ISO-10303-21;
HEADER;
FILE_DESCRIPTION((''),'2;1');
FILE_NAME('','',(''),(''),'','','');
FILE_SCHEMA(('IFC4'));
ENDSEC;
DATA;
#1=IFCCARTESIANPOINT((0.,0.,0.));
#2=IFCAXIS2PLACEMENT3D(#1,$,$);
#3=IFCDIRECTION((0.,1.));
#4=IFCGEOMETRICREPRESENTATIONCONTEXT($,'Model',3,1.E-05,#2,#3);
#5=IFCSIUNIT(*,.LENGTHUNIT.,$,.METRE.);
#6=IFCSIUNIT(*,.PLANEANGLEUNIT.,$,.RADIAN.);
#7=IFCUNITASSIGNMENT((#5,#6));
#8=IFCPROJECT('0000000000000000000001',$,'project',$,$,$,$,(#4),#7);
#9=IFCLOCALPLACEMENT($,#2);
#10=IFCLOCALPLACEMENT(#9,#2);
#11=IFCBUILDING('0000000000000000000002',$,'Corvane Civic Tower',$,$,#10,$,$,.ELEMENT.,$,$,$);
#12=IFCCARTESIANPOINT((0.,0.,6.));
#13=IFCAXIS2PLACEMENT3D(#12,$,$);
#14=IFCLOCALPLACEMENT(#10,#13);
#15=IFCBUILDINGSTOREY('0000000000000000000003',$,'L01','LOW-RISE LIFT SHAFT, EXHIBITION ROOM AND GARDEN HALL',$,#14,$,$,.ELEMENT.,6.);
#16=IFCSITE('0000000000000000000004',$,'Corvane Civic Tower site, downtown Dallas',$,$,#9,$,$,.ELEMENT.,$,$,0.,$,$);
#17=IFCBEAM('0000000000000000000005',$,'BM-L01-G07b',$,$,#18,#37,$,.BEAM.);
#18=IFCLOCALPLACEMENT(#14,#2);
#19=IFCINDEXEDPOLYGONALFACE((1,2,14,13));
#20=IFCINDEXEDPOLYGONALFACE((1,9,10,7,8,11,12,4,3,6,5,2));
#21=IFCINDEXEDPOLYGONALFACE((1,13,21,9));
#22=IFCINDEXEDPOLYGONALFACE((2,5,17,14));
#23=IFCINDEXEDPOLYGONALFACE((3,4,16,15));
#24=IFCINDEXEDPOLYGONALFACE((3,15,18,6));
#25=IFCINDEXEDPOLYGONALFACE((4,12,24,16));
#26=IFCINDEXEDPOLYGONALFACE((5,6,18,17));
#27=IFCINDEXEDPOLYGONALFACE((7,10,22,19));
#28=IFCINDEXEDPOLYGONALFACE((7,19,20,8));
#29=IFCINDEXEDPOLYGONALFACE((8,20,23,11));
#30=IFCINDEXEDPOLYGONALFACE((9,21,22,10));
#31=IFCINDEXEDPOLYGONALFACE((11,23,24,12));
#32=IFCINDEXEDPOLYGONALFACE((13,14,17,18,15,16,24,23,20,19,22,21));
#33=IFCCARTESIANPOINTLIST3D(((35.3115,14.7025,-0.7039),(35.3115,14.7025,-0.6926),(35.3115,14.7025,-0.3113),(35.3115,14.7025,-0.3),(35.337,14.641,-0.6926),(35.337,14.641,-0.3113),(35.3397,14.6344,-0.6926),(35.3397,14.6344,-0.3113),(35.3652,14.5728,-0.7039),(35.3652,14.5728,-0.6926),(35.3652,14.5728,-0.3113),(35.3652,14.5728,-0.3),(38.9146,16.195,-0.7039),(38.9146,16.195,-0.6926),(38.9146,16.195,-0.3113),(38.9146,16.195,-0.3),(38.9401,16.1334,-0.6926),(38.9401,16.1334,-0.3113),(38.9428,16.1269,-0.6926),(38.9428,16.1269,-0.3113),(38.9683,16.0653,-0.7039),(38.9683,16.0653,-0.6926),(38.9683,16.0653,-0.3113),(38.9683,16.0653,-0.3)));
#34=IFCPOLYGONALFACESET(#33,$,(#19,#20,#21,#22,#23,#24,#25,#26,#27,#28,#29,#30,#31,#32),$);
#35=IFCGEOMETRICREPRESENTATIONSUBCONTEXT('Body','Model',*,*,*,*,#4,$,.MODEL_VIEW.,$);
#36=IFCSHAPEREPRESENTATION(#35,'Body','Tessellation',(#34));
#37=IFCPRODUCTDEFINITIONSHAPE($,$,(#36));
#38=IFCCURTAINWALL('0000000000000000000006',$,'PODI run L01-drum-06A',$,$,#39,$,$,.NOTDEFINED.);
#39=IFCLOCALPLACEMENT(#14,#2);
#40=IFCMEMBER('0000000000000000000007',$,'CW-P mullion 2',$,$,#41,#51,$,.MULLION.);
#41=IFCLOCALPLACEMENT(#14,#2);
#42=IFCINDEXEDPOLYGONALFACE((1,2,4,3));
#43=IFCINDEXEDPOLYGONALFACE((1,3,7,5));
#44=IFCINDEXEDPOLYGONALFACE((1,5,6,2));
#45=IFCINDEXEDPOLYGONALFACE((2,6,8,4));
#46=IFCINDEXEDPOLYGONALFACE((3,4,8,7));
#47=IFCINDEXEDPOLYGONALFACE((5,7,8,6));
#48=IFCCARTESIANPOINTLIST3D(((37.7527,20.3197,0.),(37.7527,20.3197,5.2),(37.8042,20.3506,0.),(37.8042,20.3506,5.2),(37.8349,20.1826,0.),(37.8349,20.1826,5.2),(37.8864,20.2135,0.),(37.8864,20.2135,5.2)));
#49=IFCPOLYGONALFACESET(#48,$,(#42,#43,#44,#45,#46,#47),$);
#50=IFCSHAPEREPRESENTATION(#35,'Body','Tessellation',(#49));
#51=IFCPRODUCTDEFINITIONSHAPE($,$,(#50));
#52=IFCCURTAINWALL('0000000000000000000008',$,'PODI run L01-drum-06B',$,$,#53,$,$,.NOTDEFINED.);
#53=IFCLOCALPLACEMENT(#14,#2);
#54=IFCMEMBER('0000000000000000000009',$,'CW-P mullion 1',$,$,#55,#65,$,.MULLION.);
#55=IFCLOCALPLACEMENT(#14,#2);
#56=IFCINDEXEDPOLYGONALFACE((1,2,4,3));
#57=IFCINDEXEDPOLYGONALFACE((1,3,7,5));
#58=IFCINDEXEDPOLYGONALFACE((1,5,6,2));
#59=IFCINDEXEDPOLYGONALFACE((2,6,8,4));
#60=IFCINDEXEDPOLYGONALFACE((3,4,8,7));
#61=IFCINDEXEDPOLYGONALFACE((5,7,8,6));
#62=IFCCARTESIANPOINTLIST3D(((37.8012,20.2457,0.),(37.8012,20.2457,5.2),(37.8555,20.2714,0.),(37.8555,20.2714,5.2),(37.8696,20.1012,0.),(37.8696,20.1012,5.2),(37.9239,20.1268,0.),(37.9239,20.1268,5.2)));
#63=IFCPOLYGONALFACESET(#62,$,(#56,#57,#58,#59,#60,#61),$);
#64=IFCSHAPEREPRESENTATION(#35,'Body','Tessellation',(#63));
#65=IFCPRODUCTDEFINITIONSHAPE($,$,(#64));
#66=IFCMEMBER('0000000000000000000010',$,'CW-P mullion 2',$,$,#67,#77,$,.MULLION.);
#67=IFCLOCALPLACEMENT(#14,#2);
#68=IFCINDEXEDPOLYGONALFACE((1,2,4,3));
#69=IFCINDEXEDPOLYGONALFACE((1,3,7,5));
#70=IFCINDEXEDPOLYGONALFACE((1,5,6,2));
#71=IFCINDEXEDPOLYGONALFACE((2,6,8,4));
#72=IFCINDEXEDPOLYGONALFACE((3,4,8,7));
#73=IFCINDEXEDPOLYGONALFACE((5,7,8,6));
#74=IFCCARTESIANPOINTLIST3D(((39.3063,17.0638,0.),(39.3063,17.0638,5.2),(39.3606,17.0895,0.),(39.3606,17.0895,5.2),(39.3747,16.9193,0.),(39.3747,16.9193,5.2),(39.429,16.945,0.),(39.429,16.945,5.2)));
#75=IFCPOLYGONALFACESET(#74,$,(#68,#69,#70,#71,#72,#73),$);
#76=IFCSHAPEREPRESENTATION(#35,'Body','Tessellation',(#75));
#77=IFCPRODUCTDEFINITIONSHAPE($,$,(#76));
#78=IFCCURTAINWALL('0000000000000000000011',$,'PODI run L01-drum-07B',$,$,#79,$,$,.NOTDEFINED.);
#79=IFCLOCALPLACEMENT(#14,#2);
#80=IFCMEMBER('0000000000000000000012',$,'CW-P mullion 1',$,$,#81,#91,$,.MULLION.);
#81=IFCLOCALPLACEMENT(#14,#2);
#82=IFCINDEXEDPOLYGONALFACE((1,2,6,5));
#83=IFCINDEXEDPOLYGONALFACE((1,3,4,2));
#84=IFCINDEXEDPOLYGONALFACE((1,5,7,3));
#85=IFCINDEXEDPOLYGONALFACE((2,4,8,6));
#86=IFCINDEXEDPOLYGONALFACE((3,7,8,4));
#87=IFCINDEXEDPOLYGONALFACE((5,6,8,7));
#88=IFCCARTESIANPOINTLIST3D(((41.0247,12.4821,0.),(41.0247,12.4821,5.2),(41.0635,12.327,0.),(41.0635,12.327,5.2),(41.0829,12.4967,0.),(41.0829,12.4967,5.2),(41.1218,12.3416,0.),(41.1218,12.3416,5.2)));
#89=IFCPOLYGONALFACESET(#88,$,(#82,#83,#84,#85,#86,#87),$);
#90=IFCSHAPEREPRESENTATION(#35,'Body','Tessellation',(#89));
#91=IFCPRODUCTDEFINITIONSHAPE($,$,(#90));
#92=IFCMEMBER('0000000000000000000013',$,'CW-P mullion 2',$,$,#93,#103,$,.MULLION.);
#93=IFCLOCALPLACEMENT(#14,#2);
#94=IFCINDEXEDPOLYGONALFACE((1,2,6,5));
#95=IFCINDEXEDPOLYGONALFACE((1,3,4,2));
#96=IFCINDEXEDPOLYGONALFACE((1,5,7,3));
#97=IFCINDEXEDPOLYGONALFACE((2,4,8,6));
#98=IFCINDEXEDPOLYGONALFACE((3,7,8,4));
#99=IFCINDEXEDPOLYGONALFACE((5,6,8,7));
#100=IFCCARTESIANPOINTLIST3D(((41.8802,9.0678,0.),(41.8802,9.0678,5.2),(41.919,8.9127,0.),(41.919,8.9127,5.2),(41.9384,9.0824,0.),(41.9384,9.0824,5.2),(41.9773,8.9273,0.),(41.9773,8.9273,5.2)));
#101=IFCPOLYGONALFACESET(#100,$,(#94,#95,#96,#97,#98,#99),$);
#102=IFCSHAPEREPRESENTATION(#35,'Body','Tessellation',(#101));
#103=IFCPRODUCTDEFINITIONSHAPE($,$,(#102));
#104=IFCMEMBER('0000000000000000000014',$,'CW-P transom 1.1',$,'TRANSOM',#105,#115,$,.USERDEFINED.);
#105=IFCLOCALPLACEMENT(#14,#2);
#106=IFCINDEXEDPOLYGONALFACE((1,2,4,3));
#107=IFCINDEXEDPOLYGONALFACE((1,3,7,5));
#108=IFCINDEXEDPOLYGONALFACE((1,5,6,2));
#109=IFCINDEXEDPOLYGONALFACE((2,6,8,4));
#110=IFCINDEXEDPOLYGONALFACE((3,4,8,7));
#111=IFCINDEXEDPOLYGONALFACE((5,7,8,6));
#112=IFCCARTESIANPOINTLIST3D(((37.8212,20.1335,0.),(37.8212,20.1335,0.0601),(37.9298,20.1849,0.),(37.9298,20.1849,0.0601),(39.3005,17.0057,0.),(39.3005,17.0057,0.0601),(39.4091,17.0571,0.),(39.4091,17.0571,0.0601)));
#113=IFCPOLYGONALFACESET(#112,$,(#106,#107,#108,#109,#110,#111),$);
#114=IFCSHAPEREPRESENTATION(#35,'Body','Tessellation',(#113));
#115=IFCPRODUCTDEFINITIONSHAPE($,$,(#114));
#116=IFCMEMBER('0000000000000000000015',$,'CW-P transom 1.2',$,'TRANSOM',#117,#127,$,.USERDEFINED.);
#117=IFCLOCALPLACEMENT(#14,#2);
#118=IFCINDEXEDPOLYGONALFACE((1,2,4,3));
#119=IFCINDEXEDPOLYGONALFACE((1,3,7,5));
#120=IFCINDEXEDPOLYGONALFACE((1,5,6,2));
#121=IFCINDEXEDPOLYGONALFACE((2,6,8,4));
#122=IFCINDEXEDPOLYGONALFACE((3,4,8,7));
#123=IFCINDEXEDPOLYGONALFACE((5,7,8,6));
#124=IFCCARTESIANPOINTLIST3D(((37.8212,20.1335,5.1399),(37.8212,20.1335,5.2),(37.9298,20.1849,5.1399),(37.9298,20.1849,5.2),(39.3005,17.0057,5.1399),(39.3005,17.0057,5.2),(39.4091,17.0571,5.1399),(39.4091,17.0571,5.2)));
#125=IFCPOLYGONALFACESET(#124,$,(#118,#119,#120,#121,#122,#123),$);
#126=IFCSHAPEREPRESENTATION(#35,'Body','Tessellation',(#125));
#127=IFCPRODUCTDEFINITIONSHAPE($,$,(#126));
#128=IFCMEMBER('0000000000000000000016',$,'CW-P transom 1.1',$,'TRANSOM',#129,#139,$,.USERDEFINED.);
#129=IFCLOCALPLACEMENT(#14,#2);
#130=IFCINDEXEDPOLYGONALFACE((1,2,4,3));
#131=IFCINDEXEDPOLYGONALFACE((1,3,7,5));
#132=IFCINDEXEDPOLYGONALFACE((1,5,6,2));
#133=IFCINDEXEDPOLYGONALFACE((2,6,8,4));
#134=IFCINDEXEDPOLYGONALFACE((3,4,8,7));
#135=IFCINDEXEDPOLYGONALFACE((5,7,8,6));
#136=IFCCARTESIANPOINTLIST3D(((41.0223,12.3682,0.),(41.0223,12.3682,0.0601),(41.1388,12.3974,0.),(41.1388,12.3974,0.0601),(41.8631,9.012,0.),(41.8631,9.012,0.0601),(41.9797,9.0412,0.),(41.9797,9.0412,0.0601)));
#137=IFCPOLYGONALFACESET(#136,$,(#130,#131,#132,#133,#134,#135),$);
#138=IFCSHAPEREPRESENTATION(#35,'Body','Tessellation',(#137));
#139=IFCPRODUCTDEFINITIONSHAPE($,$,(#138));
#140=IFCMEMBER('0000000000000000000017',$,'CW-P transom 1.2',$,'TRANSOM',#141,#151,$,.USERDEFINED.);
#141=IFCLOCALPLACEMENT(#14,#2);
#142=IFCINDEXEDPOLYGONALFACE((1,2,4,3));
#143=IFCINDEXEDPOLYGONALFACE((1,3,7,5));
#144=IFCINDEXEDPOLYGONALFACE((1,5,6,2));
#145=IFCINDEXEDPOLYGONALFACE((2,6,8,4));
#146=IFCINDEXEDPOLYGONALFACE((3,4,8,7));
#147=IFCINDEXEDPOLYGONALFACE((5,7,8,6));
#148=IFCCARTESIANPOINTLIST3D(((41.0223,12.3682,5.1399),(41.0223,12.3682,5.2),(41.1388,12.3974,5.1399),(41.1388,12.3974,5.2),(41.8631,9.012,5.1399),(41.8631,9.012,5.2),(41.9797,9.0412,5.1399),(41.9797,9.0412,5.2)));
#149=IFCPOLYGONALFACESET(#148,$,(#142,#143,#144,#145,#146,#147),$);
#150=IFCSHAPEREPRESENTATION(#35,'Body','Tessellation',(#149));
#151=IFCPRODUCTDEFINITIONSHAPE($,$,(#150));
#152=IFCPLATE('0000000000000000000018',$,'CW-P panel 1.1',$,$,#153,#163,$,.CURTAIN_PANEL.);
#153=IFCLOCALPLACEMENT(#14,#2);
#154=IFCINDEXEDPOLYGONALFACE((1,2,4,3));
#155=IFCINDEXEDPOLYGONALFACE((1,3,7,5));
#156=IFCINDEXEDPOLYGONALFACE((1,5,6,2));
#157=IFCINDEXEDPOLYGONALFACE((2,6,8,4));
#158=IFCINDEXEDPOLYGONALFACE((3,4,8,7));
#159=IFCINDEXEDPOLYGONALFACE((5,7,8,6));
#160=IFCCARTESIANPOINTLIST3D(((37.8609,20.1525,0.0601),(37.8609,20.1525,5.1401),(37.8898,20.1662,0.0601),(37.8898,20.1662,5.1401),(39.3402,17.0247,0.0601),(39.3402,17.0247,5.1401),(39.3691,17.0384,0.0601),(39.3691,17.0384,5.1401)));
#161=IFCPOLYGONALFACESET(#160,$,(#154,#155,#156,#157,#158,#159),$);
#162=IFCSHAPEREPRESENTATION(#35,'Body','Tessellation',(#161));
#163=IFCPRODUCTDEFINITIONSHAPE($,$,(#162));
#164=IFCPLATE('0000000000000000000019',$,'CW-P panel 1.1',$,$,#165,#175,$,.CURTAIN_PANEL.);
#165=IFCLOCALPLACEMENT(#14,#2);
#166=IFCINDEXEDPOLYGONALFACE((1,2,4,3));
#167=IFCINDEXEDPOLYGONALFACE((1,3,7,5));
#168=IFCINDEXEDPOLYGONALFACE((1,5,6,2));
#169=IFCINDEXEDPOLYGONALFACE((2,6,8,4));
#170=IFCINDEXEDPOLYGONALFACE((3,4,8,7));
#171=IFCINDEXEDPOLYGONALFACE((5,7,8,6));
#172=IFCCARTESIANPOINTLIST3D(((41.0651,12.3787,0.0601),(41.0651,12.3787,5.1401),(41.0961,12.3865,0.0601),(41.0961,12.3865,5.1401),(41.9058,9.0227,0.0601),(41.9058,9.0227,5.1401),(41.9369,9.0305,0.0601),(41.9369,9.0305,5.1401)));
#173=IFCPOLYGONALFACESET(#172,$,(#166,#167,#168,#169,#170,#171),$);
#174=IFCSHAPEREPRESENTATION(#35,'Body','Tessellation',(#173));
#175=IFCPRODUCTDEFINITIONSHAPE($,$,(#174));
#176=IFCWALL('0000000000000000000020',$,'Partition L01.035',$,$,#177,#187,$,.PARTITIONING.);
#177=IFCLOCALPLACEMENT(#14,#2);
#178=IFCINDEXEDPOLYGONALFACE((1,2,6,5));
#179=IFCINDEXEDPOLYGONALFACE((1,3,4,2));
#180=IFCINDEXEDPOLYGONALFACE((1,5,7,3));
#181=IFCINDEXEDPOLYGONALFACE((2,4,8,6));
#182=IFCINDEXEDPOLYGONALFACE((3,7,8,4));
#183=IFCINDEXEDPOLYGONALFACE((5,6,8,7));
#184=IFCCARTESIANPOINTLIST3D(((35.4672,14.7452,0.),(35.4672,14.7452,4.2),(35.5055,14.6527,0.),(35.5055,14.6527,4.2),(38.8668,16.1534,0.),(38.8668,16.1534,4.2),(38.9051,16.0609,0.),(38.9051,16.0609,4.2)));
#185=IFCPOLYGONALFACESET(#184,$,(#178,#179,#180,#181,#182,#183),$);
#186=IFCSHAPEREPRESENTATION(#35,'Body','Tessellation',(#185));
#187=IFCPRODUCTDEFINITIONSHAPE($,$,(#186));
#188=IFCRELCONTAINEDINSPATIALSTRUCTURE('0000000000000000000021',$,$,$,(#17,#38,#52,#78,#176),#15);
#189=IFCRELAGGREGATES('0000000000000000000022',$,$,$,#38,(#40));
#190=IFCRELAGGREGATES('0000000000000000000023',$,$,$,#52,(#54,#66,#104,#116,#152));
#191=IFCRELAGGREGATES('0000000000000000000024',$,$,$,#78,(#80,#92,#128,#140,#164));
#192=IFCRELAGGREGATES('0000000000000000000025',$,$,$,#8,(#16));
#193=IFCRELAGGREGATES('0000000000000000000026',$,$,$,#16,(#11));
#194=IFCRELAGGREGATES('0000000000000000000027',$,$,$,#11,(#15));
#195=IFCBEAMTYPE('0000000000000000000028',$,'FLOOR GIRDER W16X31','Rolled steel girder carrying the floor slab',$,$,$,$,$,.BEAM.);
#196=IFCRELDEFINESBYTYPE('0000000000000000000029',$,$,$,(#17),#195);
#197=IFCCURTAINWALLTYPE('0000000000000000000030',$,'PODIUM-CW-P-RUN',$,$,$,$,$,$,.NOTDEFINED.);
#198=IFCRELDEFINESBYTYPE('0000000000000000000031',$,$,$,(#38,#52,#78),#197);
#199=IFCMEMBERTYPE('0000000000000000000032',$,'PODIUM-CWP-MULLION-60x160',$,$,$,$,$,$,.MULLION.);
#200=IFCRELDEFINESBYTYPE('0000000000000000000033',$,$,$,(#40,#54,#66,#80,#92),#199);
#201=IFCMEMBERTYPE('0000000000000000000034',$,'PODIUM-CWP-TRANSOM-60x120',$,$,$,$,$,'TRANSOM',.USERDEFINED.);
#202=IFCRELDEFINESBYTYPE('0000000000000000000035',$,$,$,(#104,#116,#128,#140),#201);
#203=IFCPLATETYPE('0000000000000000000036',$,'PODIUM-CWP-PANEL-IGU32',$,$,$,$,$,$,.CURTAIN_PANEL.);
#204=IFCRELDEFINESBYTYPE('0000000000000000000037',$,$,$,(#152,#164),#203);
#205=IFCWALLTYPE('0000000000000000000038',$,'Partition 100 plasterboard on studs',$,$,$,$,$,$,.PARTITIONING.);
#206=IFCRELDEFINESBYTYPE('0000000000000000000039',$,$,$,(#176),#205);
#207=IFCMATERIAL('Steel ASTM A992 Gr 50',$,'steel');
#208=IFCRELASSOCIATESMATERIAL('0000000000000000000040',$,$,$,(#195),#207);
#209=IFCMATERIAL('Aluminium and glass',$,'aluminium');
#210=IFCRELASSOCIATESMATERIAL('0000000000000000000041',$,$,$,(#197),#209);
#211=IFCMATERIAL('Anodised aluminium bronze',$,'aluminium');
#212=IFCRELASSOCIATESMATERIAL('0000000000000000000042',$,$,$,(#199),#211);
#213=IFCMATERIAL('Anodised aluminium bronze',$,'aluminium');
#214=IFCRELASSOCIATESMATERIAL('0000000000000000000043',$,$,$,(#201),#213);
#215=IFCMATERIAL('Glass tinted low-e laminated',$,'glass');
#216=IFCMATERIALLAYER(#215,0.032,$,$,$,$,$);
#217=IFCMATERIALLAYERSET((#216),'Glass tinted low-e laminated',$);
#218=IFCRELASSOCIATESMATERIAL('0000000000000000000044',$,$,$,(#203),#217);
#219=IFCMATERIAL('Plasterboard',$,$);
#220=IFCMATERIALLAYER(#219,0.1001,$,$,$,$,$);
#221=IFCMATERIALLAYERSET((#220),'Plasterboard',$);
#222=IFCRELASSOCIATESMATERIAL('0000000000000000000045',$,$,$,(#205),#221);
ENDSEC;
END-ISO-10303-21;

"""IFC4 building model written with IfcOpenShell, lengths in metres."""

from ifc_helpers import new_model, si_unit, direction, frame, frame_2d, origin, origin_2d, place, context, subcontext, project, spatial, rectangle, i_section, extrude, material, layer, layer_set, material_profile, profile_set, type_object, element, aggregate, save


model = new_model("IFC4")

# Units and contexts
model_context = context("Model", 3, precision=1e-05, world=origin(), true_north=direction((0.0, 1.0)))
body_context = subcontext(model_context, "Body", "Model", "MODEL_VIEW")
ifc_project = project(units=[si_unit("LENGTHUNIT", "METRE"), si_unit("PLANEANGLEUNIT", "RADIAN")], contexts=[model_context])

# Site, building, storey
site_placement = place(None, origin())
site = spatial("IfcSite", under=ifc_project, at=site_placement, Name="Corvane Civic Tower site, downtown Dallas", CompositionType="ELEMENT", RefElevation=0.0)
building_placement = place(site_placement, origin())
building = spatial("IfcBuilding", under=site, at=building_placement, Name="Corvane Civic Tower", CompositionType="ELEMENT")
storey_placement = place(building_placement, frame((0.0, 0.0, 6.0)))
storey = spatial("IfcBuildingStorey", under=building, at=storey_placement, Name="L01", Description="LOW-RISE LIFT SHAFT, EXHIBITION ROOM AND GARDEN HALL", CompositionType="ELEMENT", Elevation=6.0)

# Beam
ifc_material_1 = material(Name="Steel ASTM A992 Gr 50", Category="steel")
ifc_material_profile_1 = material_profile(ifc_material_1, i_section(OverallWidth=0.1404, OverallDepth=0.4038, WebThickness=0.0071, FlangeThickness=0.0112, at=origin_2d()), Name="W16X31")
ifc_profile_set_1 = profile_set([ifc_material_profile_1], Name="Steel ASTM A992 Gr 50")
beam_type_1 = type_object("IfcBeamType", Name="FLOOR GIRDER W16X31", Description="Rolled steel girder carrying the floor slab", PredefinedType="BEAM", material=ifc_profile_set_1)
beam_1_placement = place(storey_placement, frame((35.3384, 14.6377, -0.502), z_axis=(0.923879, 0.382685, 0.0), x_axis=(-0.382685, 0.923879, 0.0)))
element("IfcBeam", 1, at=beam_1_placement, inside=storey, type_object=beam_type_1, Name="BM-L01-G07b", PredefinedType="BEAM", context=body_context, shape_type="SweptSolid", body=[
    extrude(i_section(OverallWidth=0.1404, OverallDepth=0.4038, WebThickness=0.0071, FlangeThickness=0.0112, at=origin_2d()), origin(), (0.0, 0.0, 1.0), 3.8999),
])

# Curtain wall, member
ifc_material_2 = material(Name="Aluminium and glass", Category="aluminium")
curtain_wall_type = type_object("IfcCurtainWallType", Name="PODIUM-CW-P-RUN", PredefinedType="NOTDEFINED", material=ifc_material_2)
curtain_wall_1_placement = place(storey_placement, origin())
curtain_wall_1 = element("IfcCurtainWall", 2, at=curtain_wall_1_placement, inside=storey, type_object=curtain_wall_type, Name="PODI run L01-drum-06A", PredefinedType="NOTDEFINED")
ifc_material_3 = material(Name="Anodised aluminium bronze", Category="aluminium")
ifc_material_profile_2 = material_profile(ifc_material_3, rectangle(XDim=0.0601, YDim=0.1599, at=origin_2d()), Name="AL 60x160")
ifc_profile_set_2 = profile_set([ifc_material_profile_2], Name="Anodised aluminium bronze")
member_type_1 = type_object("IfcMemberType", Name="PODIUM-CWP-MULLION-60x160", PredefinedType="MULLION", material=ifc_profile_set_2)
member_1_placement = place(storey_placement, frame((37.8196, 20.2666, 0.0), z_axis=(0.0, 0.0, 1.0), x_axis=(0.85772, 0.514118, 0.0)))
member_1 = element("IfcMember", 3, at=member_1_placement, type_object=member_type_1, Name="CW-P mullion 2", PredefinedType="MULLION", context=body_context, shape_type="SweptSolid", body=[
    extrude(rectangle(XDim=0.0601, YDim=0.1599, at=origin_2d()), origin(), (0.0, 0.0, 1.0), 5.2),
])
aggregate(curtain_wall_1, [member_1])

# Curtain walls, members
curtain_wall_2_placement = place(storey_placement, origin())
curtain_wall_2 = element("IfcCurtainWall", 4, at=curtain_wall_2_placement, inside=storey, type_object=curtain_wall_type, Name="PODI run L01-drum-06B", PredefinedType="NOTDEFINED")
member_2_placement = place(storey_placement, frame((37.8625, 20.1863, 0.0), z_axis=(0.0, 0.0, 1.0), x_axis=(0.90399, 0.427553, 0.0)))
member_2 = element("IfcMember", 5, at=member_2_placement, type_object=member_type_1, Name="CW-P mullion 1", PredefinedType="MULLION", context=body_context, shape_type="SweptSolid", body=[
    extrude(rectangle(XDim=0.0601, YDim=0.1599, at=origin_2d()), origin(), (0.0, 0.0, 1.0), 5.2),
])
member_3_placement = place(storey_placement, frame((39.3677, 17.0044, 0.0), z_axis=(0.0, 0.0, 1.0), x_axis=(0.90399, 0.427553, 0.0)))
member_3 = element("IfcMember", 6, at=member_3_placement, type_object=member_type_1, Name="CW-P mullion 2", PredefinedType="MULLION", context=body_context, shape_type="SweptSolid", body=[
    extrude(rectangle(XDim=0.0601, YDim=0.1599, at=origin_2d()), origin(), (0.0, 0.0, 1.0), 5.2),
])
curtain_wall_3_placement = place(storey_placement, origin())
curtain_wall_3 = element("IfcCurtainWall", 7, at=curtain_wall_3_placement, inside=storey, type_object=curtain_wall_type, Name="PODI run L01-drum-07B", PredefinedType="NOTDEFINED")
member_4_placement = place(storey_placement, frame((41.0732, 12.4119, 0.0), z_axis=(0.0, 0.0, 1.0), x_axis=(0.970024, 0.243009, 0.0)))
member_4 = element("IfcMember", 8, at=member_4_placement, type_object=member_type_1, Name="CW-P mullion 1", PredefinedType="MULLION", context=body_context, shape_type="SweptSolid", body=[
    extrude(rectangle(XDim=0.0601, YDim=0.1599, at=origin_2d()), origin(), (0.0, 0.0, 1.0), 5.2),
])
member_5_placement = place(storey_placement, frame((41.9287, 8.9976, 0.0), z_axis=(0.0, 0.0, 1.0), x_axis=(0.970024, 0.243009, 0.0)))
member_5 = element("IfcMember", 9, at=member_5_placement, type_object=member_type_1, Name="CW-P mullion 2", PredefinedType="MULLION", context=body_context, shape_type="SweptSolid", body=[
    extrude(rectangle(XDim=0.0601, YDim=0.1599, at=origin_2d()), origin(), (0.0, 0.0, 1.0), 5.2),
])

# Members
ifc_material_4 = material(Name="Anodised aluminium bronze", Category="aluminium")
ifc_material_profile_3 = material_profile(ifc_material_4, rectangle(XDim=0.1201, YDim=0.0601, at=origin_2d()), Name="AL 120x60")
ifc_profile_set_3 = profile_set([ifc_material_profile_3], Name="Anodised aluminium bronze")
member_type_2 = type_object("IfcMemberType", Name="PODIUM-CWP-TRANSOM-60x120", ElementType="TRANSOM", PredefinedType="USERDEFINED", material=ifc_profile_set_3)
member_6_placement = place(storey_placement, frame((37.8755, 20.1592, 0.03), z_axis=(0.427546, -0.903993, 0.0), x_axis=(0.903993, 0.427546, 0.0)))
member_6 = element("IfcMember", 10, at=member_6_placement, type_object=member_type_2, Name="CW-P transom 1.1", ObjectType="TRANSOM", PredefinedType="USERDEFINED", context=body_context, shape_type="SweptSolid", body=[
    extrude(rectangle(XDim=0.1201, YDim=0.0601, at=origin_2d()), origin(), (0.0, 0.0, 1.0), 3.46),
])
member_7_placement = place(storey_placement, frame((37.8755, 20.1592, 5.1699), z_axis=(0.427546, -0.903993, 0.0), x_axis=(0.903993, 0.427546, 0.0)))
member_7 = element("IfcMember", 11, at=member_7_placement, type_object=member_type_2, Name="CW-P transom 1.2", ObjectType="TRANSOM", PredefinedType="USERDEFINED", context=body_context, shape_type="SweptSolid", body=[
    extrude(rectangle(XDim=0.1201, YDim=0.0601, at=origin_2d()), origin(), (0.0, 0.0, 1.0), 3.46),
])
member_8_placement = place(storey_placement, frame((41.0806, 12.3828, 0.03), z_axis=(0.243017, -0.970022, 0.0), x_axis=(0.970022, 0.243017, 0.0)))
member_8 = element("IfcMember", 12, at=member_8_placement, type_object=member_type_2, Name="CW-P transom 1.1", ObjectType="TRANSOM", PredefinedType="USERDEFINED", context=body_context, shape_type="SweptSolid", body=[
    extrude(rectangle(XDim=0.1201, YDim=0.0601, at=origin_2d()), origin(), (0.0, 0.0, 1.0), 3.46),
])
member_9_placement = place(storey_placement, frame((41.0806, 12.3828, 5.1699), z_axis=(0.243017, -0.970022, 0.0), x_axis=(0.970022, 0.243017, 0.0)))
member_9 = element("IfcMember", 13, at=member_9_placement, type_object=member_type_2, Name="CW-P transom 1.2", ObjectType="TRANSOM", PredefinedType="USERDEFINED", context=body_context, shape_type="SweptSolid", body=[
    extrude(rectangle(XDim=0.1201, YDim=0.0601, at=origin_2d()), origin(), (0.0, 0.0, 1.0), 3.46),
])

# Plates
ifc_material_5 = material(Name="Glass tinted low-e laminated", Category="glass")
ifc_layer_1 = layer(ifc_material_5, 0.032)
ifc_layer_set_1 = layer_set([ifc_layer_1], Name="Glass tinted low-e laminated")
plate_type = type_object("IfcPlateType", Name="PODIUM-CWP-PANEL-IGU32", PredefinedType="CURTAIN_PANEL", material=ifc_layer_set_1)
plate_1_placement = place(storey_placement, frame((38.615, 18.5955, 0.0601), z_axis=(0.0, 0.0, 1.0), x_axis=(0.427553, -0.90399, 0.0)))
plate_1 = element("IfcPlate", 14, at=plate_1_placement, type_object=plate_type, Name="CW-P panel 1.1", PredefinedType="CURTAIN_PANEL", context=body_context, shape_type="SweptSolid", body=[
    extrude(rectangle(XDim=3.46, YDim=0.032, at=origin_2d()), origin(), (0.0, 0.0, 1.0), 5.0801),
])
aggregate(curtain_wall_2, [member_2, member_3, member_6, member_7, plate_1])
plate_2_placement = place(storey_placement, frame((41.501, 10.7046, 0.0601), z_axis=(0.0, 0.0, 1.0), x_axis=(0.243009, -0.970024, 0.0)))
plate_2 = element("IfcPlate", 15, at=plate_2_placement, type_object=plate_type, Name="CW-P panel 1.1", PredefinedType="CURTAIN_PANEL", context=body_context, shape_type="SweptSolid", body=[
    extrude(rectangle(XDim=3.4597, YDim=0.032, at=origin_2d()), origin(), (0.0, 0.0, 1.0), 5.0801),
])
aggregate(curtain_wall_3, [member_4, member_5, member_8, member_9, plate_2])

# Wall
ifc_material_6 = material(Name="Plasterboard")
ifc_layer_2 = layer(ifc_material_6, 0.1001)
ifc_layer_set_2 = layer_set([ifc_layer_2], Name="Plasterboard")
wall_type_1 = type_object("IfcWallType", Name="Partition 100 plasterboard on studs", PredefinedType="PARTITIONING", material=ifc_layer_set_2)
wall_1_placement = place(storey_placement, frame((35.4863, 14.699, 0.0), z_axis=(0.0, 0.0, 1.0), x_axis=(0.923878, 0.382688, 0.0)))
element("IfcWall", 16, at=wall_1_placement, inside=storey, type_object=wall_type_1, Name="Partition L01.035", PredefinedType="PARTITIONING", context=body_context, shape_type="SweptSolid", body=[
    extrude(rectangle(XDim=3.6797, YDim=0.1001, at=frame_2d((1.8398, 0.0))), origin(), (0.0, 0.0, 1.0), 4.2),
])

save(model, "model.ifc")
